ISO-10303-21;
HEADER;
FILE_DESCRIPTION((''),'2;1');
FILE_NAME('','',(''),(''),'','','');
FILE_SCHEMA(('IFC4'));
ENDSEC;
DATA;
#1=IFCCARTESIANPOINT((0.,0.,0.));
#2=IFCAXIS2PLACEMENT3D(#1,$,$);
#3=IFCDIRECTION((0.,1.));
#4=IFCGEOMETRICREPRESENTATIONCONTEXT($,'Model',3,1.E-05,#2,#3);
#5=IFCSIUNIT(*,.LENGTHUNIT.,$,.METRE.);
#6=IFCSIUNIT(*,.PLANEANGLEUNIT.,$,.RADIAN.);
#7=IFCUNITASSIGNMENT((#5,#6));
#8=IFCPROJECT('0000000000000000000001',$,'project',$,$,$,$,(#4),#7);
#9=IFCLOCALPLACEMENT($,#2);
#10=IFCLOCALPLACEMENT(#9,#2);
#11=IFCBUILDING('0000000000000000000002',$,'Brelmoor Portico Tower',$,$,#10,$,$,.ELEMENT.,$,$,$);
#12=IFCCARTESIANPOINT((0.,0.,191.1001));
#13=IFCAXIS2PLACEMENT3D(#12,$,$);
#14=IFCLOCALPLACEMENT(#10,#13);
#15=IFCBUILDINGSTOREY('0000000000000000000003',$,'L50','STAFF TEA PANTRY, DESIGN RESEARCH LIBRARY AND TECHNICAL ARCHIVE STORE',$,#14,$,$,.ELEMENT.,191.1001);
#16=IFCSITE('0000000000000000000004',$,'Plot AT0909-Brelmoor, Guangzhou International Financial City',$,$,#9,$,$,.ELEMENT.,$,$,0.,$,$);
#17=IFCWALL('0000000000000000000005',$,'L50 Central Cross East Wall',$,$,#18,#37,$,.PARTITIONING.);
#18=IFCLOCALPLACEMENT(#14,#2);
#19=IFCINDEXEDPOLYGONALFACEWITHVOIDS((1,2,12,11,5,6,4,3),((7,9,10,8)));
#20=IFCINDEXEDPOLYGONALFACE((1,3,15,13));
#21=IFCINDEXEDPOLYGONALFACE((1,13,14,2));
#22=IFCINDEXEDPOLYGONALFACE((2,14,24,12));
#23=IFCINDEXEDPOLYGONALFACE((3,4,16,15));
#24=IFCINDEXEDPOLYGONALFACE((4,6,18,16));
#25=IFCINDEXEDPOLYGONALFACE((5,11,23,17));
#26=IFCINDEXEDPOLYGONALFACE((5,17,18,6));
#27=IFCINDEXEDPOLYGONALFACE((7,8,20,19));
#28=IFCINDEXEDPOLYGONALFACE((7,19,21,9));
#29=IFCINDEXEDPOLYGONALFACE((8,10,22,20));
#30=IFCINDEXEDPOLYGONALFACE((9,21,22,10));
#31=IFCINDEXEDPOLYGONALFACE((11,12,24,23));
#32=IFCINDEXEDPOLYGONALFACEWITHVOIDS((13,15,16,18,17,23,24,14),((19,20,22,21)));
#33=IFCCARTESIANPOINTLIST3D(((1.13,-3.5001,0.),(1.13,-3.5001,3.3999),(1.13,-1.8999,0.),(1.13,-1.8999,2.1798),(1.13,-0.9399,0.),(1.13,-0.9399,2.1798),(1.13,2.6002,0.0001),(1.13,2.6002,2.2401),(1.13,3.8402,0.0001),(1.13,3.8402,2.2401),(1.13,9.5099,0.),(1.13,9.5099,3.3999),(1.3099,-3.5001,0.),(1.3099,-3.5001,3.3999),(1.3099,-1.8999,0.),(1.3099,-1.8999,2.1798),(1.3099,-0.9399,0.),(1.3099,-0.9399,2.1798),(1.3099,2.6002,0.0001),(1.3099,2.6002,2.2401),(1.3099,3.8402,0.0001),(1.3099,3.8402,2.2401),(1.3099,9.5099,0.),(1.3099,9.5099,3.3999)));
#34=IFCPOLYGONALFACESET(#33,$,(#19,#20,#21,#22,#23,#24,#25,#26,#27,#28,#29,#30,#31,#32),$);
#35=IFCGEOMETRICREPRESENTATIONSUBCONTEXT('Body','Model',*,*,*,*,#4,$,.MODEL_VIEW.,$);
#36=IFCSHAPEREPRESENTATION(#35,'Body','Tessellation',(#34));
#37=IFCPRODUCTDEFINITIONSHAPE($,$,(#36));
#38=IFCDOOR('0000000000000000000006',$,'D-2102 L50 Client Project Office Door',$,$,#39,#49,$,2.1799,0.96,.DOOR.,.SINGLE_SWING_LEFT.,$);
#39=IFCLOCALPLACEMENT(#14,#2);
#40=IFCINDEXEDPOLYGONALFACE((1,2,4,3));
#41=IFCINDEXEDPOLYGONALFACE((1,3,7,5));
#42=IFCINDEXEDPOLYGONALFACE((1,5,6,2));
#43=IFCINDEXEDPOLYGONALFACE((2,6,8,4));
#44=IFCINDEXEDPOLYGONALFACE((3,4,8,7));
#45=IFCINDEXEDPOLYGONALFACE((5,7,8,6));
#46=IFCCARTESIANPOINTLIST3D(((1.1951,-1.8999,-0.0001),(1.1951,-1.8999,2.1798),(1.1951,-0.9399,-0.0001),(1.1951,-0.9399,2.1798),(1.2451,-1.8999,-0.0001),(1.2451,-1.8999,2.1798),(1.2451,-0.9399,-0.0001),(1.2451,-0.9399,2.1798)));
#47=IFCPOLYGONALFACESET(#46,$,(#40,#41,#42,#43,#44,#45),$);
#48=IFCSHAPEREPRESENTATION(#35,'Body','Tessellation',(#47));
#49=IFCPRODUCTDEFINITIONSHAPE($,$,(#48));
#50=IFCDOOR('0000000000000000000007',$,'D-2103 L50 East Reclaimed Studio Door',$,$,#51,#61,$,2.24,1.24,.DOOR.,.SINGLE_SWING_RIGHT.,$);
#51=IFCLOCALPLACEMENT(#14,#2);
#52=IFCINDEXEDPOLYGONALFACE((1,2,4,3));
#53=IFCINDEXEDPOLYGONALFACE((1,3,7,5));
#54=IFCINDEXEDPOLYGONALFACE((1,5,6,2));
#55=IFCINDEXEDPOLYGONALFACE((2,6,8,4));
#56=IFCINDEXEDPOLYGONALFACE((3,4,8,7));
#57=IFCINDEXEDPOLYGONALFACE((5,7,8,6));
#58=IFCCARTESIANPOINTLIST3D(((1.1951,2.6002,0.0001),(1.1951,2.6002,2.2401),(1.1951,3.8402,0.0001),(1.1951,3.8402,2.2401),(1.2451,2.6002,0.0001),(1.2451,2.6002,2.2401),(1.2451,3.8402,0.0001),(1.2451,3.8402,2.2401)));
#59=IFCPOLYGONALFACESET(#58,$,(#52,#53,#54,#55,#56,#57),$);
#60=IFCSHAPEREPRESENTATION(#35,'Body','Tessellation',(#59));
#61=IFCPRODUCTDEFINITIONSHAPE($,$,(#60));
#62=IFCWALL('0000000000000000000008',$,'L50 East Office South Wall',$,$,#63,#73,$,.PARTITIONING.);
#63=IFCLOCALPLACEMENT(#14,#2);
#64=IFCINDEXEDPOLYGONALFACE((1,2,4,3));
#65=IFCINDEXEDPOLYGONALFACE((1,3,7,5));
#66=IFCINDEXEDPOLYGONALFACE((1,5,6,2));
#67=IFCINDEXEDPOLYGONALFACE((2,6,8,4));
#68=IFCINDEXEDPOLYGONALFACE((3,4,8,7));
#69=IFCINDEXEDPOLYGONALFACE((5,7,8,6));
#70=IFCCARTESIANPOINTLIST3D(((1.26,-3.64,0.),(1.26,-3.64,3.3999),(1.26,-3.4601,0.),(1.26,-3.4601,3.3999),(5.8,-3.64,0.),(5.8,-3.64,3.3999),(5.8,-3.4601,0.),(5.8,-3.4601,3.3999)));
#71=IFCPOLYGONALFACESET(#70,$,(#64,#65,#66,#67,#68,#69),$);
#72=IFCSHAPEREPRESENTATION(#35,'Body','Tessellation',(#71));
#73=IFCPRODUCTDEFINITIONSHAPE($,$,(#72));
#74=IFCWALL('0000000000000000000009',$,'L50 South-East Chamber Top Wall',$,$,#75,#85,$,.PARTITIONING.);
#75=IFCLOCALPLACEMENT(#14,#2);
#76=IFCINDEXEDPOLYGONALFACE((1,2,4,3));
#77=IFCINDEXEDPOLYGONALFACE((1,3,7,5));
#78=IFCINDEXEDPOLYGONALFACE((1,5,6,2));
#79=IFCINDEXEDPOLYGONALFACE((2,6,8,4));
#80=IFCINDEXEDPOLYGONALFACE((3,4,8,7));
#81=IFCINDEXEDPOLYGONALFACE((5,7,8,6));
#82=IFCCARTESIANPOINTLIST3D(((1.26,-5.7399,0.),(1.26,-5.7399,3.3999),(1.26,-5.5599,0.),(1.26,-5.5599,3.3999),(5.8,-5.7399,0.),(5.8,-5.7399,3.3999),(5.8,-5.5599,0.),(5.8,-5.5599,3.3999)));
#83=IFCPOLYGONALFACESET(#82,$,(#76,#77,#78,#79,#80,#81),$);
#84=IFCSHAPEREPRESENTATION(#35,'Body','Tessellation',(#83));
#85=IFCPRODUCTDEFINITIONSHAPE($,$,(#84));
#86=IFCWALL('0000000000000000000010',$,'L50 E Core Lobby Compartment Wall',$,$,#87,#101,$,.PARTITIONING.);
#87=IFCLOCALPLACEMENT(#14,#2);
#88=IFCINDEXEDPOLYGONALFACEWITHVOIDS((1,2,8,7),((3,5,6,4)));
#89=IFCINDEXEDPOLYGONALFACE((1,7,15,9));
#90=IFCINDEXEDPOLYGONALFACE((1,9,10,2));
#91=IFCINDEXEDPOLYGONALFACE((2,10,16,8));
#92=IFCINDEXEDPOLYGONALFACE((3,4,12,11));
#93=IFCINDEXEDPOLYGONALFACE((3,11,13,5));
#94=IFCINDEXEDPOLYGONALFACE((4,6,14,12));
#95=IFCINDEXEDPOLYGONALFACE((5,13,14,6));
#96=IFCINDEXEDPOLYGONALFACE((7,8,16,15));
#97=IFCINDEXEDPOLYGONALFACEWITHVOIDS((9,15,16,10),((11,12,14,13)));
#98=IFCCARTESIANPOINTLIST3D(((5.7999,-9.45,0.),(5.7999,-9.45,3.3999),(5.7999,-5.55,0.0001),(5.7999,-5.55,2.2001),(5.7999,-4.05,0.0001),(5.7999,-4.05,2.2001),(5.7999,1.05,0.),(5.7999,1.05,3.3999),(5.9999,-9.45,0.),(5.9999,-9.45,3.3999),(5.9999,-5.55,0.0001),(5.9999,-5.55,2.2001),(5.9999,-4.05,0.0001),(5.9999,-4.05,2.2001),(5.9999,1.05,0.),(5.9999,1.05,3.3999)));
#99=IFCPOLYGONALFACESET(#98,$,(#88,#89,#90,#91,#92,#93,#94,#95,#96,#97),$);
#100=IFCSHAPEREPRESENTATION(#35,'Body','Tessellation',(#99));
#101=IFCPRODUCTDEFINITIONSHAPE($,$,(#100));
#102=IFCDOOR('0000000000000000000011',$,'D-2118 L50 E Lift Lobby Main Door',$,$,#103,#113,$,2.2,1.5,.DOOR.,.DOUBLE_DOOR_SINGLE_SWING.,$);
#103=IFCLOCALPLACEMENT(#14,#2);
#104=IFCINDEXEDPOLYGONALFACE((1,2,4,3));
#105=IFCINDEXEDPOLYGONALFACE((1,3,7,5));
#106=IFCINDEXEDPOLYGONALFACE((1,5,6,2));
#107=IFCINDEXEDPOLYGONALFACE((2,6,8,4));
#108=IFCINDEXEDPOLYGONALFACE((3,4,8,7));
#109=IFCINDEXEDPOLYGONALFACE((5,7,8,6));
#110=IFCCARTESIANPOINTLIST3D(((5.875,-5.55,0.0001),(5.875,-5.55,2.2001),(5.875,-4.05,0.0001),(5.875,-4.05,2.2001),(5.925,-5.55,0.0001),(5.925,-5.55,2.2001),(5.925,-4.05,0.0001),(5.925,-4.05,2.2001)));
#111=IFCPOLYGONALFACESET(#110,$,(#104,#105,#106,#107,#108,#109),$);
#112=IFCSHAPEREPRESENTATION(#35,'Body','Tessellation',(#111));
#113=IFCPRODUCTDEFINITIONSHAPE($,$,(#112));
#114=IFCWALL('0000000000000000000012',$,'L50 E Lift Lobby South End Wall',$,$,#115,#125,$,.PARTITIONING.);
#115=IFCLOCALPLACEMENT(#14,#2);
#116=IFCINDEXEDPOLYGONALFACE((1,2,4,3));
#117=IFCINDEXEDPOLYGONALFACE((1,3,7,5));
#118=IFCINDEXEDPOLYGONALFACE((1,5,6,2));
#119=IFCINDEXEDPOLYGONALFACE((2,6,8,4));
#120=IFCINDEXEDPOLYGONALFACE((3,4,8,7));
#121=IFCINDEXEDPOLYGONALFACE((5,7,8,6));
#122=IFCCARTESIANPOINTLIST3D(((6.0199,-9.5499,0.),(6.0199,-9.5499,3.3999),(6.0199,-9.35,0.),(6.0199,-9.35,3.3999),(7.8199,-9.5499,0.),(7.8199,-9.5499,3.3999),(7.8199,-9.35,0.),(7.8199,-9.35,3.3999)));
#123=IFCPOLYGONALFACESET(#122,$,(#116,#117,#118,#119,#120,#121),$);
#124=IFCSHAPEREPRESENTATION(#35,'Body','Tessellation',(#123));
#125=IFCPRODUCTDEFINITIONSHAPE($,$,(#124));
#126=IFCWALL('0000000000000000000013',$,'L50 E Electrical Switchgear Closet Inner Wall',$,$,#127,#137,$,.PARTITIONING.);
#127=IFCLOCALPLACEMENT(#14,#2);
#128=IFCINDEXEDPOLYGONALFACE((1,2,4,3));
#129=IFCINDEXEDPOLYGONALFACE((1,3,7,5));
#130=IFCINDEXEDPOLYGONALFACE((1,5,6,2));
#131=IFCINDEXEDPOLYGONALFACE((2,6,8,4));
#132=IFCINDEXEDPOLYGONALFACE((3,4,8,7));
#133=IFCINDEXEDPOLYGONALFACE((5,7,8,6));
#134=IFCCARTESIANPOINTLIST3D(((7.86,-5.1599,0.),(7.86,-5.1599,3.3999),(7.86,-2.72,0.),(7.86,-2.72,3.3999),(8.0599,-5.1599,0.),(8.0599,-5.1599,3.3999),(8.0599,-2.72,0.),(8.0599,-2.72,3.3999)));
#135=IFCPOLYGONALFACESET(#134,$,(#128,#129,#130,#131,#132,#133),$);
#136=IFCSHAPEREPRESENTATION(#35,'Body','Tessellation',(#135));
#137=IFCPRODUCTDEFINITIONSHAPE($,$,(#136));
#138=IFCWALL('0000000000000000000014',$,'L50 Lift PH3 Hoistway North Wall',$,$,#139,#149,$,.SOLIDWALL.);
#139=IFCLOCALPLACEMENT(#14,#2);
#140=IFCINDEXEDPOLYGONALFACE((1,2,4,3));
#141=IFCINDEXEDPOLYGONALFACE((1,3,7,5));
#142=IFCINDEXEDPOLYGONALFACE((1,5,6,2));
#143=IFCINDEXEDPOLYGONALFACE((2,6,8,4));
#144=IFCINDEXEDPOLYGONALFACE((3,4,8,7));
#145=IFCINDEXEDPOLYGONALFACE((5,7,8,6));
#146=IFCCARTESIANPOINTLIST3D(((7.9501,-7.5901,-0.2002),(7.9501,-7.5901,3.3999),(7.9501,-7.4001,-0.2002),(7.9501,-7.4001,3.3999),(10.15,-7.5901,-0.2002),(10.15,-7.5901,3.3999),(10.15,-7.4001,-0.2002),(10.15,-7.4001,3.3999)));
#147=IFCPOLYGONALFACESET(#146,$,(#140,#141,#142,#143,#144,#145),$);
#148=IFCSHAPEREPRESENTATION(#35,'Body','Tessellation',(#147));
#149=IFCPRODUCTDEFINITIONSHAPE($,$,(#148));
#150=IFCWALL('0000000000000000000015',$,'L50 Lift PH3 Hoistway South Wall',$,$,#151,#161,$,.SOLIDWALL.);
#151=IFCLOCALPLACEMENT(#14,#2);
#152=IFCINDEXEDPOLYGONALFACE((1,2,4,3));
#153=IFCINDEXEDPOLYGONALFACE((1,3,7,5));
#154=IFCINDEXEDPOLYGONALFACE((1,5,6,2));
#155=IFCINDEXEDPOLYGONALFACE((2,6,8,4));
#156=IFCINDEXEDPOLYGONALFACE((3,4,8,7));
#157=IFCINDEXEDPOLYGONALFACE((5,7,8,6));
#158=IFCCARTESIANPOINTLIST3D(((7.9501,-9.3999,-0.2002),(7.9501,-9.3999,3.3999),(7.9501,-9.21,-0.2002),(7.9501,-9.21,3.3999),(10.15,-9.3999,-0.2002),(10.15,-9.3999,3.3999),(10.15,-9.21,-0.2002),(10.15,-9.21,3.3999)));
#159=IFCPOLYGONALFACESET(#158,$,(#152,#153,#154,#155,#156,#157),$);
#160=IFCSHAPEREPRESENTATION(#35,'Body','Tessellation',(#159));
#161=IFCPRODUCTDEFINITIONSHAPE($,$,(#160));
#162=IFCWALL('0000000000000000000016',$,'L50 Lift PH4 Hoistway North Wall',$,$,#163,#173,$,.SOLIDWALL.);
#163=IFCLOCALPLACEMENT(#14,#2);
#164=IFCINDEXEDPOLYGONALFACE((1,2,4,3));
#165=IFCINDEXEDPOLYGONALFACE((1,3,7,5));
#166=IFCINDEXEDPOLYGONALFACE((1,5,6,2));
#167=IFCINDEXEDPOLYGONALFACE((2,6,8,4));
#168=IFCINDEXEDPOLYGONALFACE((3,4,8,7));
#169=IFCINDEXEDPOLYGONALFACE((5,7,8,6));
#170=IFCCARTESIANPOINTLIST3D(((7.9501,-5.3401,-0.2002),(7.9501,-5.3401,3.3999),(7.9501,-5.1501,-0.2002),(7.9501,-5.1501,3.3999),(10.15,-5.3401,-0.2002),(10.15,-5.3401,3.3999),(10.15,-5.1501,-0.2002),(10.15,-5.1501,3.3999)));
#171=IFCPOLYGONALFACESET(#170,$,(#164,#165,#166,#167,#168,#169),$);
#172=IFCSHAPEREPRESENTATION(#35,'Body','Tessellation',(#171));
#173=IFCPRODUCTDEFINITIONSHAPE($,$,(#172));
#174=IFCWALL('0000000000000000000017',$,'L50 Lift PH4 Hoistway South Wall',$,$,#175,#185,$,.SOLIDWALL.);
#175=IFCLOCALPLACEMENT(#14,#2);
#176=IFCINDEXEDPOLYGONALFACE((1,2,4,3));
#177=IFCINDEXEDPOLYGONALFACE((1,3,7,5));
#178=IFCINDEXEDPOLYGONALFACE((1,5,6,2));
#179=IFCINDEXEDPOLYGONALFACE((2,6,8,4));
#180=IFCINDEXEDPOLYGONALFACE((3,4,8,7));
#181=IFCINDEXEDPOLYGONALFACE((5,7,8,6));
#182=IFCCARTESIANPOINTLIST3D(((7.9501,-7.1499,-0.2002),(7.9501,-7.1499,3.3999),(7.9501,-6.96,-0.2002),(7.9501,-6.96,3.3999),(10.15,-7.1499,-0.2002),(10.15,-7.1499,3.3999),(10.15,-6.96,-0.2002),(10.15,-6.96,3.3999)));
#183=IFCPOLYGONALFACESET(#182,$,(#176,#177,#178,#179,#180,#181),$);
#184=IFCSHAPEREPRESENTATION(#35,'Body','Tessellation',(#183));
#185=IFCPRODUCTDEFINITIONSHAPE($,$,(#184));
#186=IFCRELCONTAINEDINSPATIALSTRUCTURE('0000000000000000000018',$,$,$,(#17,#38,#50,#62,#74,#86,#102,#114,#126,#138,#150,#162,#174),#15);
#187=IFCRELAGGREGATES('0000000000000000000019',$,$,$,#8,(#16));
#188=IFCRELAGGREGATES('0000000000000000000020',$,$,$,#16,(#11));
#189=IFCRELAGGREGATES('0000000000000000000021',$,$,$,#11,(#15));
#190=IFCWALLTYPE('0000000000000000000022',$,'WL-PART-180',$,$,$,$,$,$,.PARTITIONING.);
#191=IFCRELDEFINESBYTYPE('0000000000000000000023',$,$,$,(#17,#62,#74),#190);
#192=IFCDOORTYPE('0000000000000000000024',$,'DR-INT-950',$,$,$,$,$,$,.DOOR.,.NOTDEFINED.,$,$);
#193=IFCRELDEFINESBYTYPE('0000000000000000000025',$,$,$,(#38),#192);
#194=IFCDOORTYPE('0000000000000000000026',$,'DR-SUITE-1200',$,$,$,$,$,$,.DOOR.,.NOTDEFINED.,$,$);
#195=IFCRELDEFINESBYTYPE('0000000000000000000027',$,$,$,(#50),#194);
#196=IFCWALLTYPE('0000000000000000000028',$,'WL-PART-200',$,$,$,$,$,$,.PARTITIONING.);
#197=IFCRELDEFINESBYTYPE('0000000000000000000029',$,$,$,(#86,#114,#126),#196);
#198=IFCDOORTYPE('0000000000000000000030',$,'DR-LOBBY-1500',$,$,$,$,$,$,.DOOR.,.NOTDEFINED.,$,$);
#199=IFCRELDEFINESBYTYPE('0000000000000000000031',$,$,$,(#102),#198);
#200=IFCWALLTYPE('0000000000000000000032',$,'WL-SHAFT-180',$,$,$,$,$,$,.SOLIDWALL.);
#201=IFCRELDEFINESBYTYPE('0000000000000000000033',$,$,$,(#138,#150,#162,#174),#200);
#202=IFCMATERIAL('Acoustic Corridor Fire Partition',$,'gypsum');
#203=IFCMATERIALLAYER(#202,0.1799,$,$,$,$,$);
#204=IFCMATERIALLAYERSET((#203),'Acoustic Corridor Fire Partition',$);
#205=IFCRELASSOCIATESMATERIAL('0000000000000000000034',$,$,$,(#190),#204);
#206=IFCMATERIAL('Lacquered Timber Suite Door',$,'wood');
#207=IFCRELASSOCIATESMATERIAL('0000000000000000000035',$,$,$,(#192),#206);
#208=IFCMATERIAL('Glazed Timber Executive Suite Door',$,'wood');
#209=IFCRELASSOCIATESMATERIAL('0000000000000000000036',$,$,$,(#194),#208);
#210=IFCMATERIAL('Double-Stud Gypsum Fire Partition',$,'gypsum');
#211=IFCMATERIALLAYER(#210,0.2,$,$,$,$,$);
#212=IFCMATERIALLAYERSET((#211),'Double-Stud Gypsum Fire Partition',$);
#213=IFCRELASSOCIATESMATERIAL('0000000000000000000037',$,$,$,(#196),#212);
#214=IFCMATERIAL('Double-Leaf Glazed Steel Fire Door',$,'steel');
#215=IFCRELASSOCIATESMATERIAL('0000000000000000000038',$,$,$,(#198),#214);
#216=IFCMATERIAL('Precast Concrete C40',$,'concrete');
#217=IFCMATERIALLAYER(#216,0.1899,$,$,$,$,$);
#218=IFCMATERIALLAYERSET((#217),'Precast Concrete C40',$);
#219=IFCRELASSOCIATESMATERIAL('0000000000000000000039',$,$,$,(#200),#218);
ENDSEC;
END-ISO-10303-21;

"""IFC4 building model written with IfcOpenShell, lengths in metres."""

from ifc_helpers import new_model, si_unit, direction, frame, frame_2d, origin, place, context, subcontext, project, spatial, rectangle, extrude, material, layer, layer_set, type_object, element, fill, save


model = new_model("IFC4")

# Units and contexts
model_context = context("Model", 3, precision=1e-05, world=origin(), true_north=direction((0.0, 1.0)))
body_context = subcontext(model_context, "Body", "Model", "MODEL_VIEW")
ifc_project = project(units=[si_unit("LENGTHUNIT", "METRE"), si_unit("PLANEANGLEUNIT", "RADIAN")], contexts=[model_context])

# Site, building, storey
site_placement = place(None, origin())
site = spatial("IfcSite", under=ifc_project, at=site_placement, Name="Plot AT0909-Brelmoor, Guangzhou International Financial City", CompositionType="ELEMENT", RefElevation=0.0)
building_placement = place(site_placement, origin())
building = spatial("IfcBuilding", under=site, at=building_placement, Name="Brelmoor Portico Tower", CompositionType="ELEMENT")
storey_placement = place(building_placement, frame((0.0, 0.0, 191.1001)))
storey = spatial("IfcBuildingStorey", under=building, at=storey_placement, Name="L50", Description="STAFF TEA PANTRY, DESIGN RESEARCH LIBRARY AND TECHNICAL ARCHIVE STORE", CompositionType="ELEMENT", Elevation=191.1001)

# Wall, openings, doors
ifc_material_1 = material(Name="Acoustic Corridor Fire Partition", Category="gypsum")
ifc_layer_1 = layer(ifc_material_1, 0.1799)
ifc_layer_set_1 = layer_set([ifc_layer_1], Name="Acoustic Corridor Fire Partition")
wall_type_1 = type_object("IfcWallType", Name="WL-PART-180", PredefinedType="PARTITIONING", material=ifc_layer_set_1)
wall_1_placement = place(storey_placement, frame((1.22, -3.5, 0.0), z_axis=(0.0, 0.0, 1.0), x_axis=(0.0, 1.0, 0.0)))
wall_1 = element("IfcWall", 1, at=wall_1_placement, inside=storey, type_object=wall_type_1, Name="L50 Central Cross East Wall", PredefinedType="PARTITIONING", context=body_context, shape_type="SweptSolid", body=[
    extrude(rectangle(XDim=13.01, YDim=0.1799, at=frame_2d((6.5049, 0.0))), origin(), (0.0, 0.0, 1.0), 3.3999),
])
opening_1_placement = place(wall_1_placement, frame((6.1001, 0.0, 0.0)))
opening_1 = element("IfcOpeningElement", 2, at=opening_1_placement, cuts=wall_1, PredefinedType="OPENING", context=body_context, shape_type="SweptSolid", body=[
    extrude(rectangle(XDim=1.24, YDim=2.24, at=frame_2d((0.6201, 1.1201))), frame((0.0, 0.0999, 0.0), z_axis=(0.0, -1.0, 0.0), x_axis=(1.0, 0.0, 0.0)), (0.0, 0.0, 1.0), 0.2),
])
opening_2_placement = place(wall_1_placement, frame((1.6001, 0.0, 0.0)))
opening_2 = element("IfcOpeningElement", 3, at=opening_2_placement, cuts=wall_1, PredefinedType="OPENING", context=body_context, shape_type="SweptSolid", body=[
    extrude(rectangle(XDim=0.96, YDim=2.1799, at=frame_2d((0.48, 1.0898))), frame((0.0, 0.0999, 0.0), z_axis=(0.0, -1.0, 0.0), x_axis=(1.0, 0.0, 0.0)), (0.0, 0.0, 1.0), 0.2),
])
ifc_material_2 = material(Name="Lacquered Timber Suite Door", Category="wood")
door_type_1 = type_object("IfcDoorType", Name="DR-INT-950", OperationType="NOTDEFINED", PredefinedType="DOOR", material=ifc_material_2)
door_1_placement = place(opening_2_placement, origin())
door_1 = element("IfcDoor", 4, at=door_1_placement, inside=storey, type_object=door_type_1, Name="D-2102 L50 Client Project Office Door", OperationType="SINGLE_SWING_LEFT", OverallHeight=2.1799, OverallWidth=0.96, PredefinedType="DOOR", context=body_context, shape_type="SweptSolid", body=[
    extrude(rectangle(XDim=0.96, YDim=2.1799, at=frame_2d((0.48, 1.0898))), frame((0.0, 0.0249, 0.0), z_axis=(0.0, -1.0, 0.0), x_axis=(1.0, 0.0, 0.0)), (0.0, 0.0, 1.0), 0.05),
])
fill(opening_2, door_1)
ifc_material_3 = material(Name="Glazed Timber Executive Suite Door", Category="wood")
door_type_2 = type_object("IfcDoorType", Name="DR-SUITE-1200", OperationType="NOTDEFINED", PredefinedType="DOOR", material=ifc_material_3)
door_2_placement = place(opening_1_placement, origin())
door_2 = element("IfcDoor", 5, at=door_2_placement, inside=storey, type_object=door_type_2, Name="D-2103 L50 East Reclaimed Studio Door", OperationType="SINGLE_SWING_RIGHT", OverallHeight=2.24, OverallWidth=1.24, PredefinedType="DOOR", context=body_context, shape_type="SweptSolid", body=[
    extrude(rectangle(XDim=1.24, YDim=2.24, at=frame_2d((0.6201, 1.1201))), frame((0.0, 0.0249, 0.0), z_axis=(0.0, -1.0, 0.0), x_axis=(1.0, 0.0, 0.0)), (0.0, 0.0, 1.0), 0.05),
])
fill(opening_1, door_2)

# Walls
for number, where, z_axis, x_axis, name in (
    (6, (1.26, -3.55, 0.0), (0.0, 0.0, 1.0), (1.0, 0.0, 0.0), "L50 East Office South Wall"),
    (7, (1.26, -5.6499, 0.0), (0.0, 0.0, 1.0), (1.0, 0.0, 0.0), "L50 South-East Chamber Top Wall"),
):
    element("IfcWall", number, at=place(storey_placement, frame(where, z_axis=z_axis, x_axis=x_axis)), inside=storey, type_object=wall_type_1, Name=name, PredefinedType="PARTITIONING", context=body_context, shape_type="SweptSolid", body=[
        extrude(rectangle(XDim=4.54, YDim=0.1799, at=frame_2d((2.27, 0.0))), origin(), (0.0, 0.0, 1.0), 3.3999),
    ])

# Wall, opening, door
ifc_material_4 = material(Name="Double-Stud Gypsum Fire Partition", Category="gypsum")
ifc_layer_2 = layer(ifc_material_4, 0.2)
ifc_layer_set_2 = layer_set([ifc_layer_2], Name="Double-Stud Gypsum Fire Partition")
wall_type_2 = type_object("IfcWallType", Name="WL-PART-200", PredefinedType="PARTITIONING", material=ifc_layer_set_2)
wall_2_placement = place(storey_placement, frame((5.8999, -9.45, 0.0), z_axis=(0.0, 0.0, 1.0), x_axis=(0.0, 1.0, 0.0)))
wall_2 = element("IfcWall", 8, at=wall_2_placement, inside=storey, type_object=wall_type_2, Name="L50 E Core Lobby Compartment Wall", PredefinedType="PARTITIONING", context=body_context, shape_type="SweptSolid", body=[
    extrude(rectangle(XDim=10.5, YDim=0.2, at=frame_2d((5.25, 0.0))), origin(), (0.0, 0.0, 1.0), 3.3999),
])
opening_3_placement = place(wall_2_placement, frame((3.8999, 0.0, 0.0)))
opening_3 = element("IfcOpeningElement", 9, at=opening_3_placement, cuts=wall_2, PredefinedType="OPENING", context=body_context, shape_type="SweptSolid", body=[
    extrude(rectangle(XDim=1.5, YDim=2.2, at=frame_2d((0.75, 1.1001))), frame((0.0, 0.1099, 0.0), z_axis=(0.0, -1.0, 0.0), x_axis=(1.0, 0.0, 0.0)), (0.0, 0.0, 1.0), 0.22),
])
ifc_material_5 = material(Name="Double-Leaf Glazed Steel Fire Door", Category="steel")
door_type_3 = type_object("IfcDoorType", Name="DR-LOBBY-1500", OperationType="NOTDEFINED", PredefinedType="DOOR", material=ifc_material_5)
door_3_placement = place(opening_3_placement, origin())
door_3 = element("IfcDoor", 10, at=door_3_placement, inside=storey, type_object=door_type_3, Name="D-2118 L50 E Lift Lobby Main Door", OperationType="DOUBLE_DOOR_SINGLE_SWING", OverallHeight=2.2, OverallWidth=1.5, PredefinedType="DOOR", context=body_context, shape_type="SweptSolid", body=[
    extrude(rectangle(XDim=1.5, YDim=2.2, at=frame_2d((0.75, 1.1001))), frame((0.0, 0.0249, 0.0), z_axis=(0.0, -1.0, 0.0), x_axis=(1.0, 0.0, 0.0)), (0.0, 0.0, 1.0), 0.05),
])
fill(opening_3, door_3)

# Walls
wall_3_placement = place(storey_placement, frame((6.02, -9.45, 0.0), z_axis=(0.0, 0.0, 1.0), x_axis=(1.0, 0.0, 0.0)))
element("IfcWall", 11, at=wall_3_placement, inside=storey, type_object=wall_type_2, Name="L50 E Lift Lobby South End Wall", PredefinedType="PARTITIONING", context=body_context, shape_type="SweptSolid", body=[
    extrude(rectangle(XDim=1.8, YDim=0.2, at=frame_2d((0.8999, 0.0))), origin(), (0.0, 0.0, 1.0), 3.3999),
])
wall_4_placement = place(storey_placement, frame((7.96, -5.1599, 0.0), z_axis=(0.0, 0.0, 1.0), x_axis=(0.0, 1.0, 0.0)))
element("IfcWall", 12, at=wall_4_placement, inside=storey, type_object=wall_type_2, Name="L50 E Electrical Switchgear Closet Inner Wall", PredefinedType="PARTITIONING", context=body_context, shape_type="SweptSolid", body=[
    extrude(rectangle(XDim=2.4399, YDim=0.2, at=frame_2d((1.22, 0.0))), origin(), (0.0, 0.0, 1.0), 3.3999),
])
ifc_material_6 = material(Name="Precast Concrete C40", Category="concrete")
ifc_layer_3 = layer(ifc_material_6, 0.1899)
ifc_layer_set_3 = layer_set([ifc_layer_3], Name="Precast Concrete C40")
wall_type_3 = type_object("IfcWallType", Name="WL-SHAFT-180", PredefinedType="SOLIDWALL", material=ifc_layer_set_3)
for number, where, z_axis, x_axis, name in (
    (13, (7.95, -7.4951, -0.2002), (0.0, 0.0, 1.0), (1.0, 0.0, 0.0), "L50 Lift PH3 Hoistway North Wall"),
    (14, (7.95, -9.3049, -0.2002), (0.0, 0.0, 1.0), (1.0, 0.0, 0.0), "L50 Lift PH3 Hoistway South Wall"),
    (15, (7.95, -5.2451, -0.2002), (0.0, 0.0, 1.0), (1.0, 0.0, 0.0), "L50 Lift PH4 Hoistway North Wall"),
    (16, (7.95, -7.0549, -0.2002), (0.0, 0.0, 1.0), (1.0, 0.0, 0.0), "L50 Lift PH4 Hoistway South Wall"),
):
    element("IfcWall", number, at=place(storey_placement, frame(where, z_axis=z_axis, x_axis=x_axis)), inside=storey, type_object=wall_type_3, Name=name, PredefinedType="SOLIDWALL", context=body_context, shape_type="SweptSolid", body=[
        extrude(rectangle(XDim=2.2, YDim=0.1899, at=frame_2d((1.1001, 0.0))), origin(), (0.0, 0.0, 1.0), 3.6001),
    ])

save(model, "model.ifc")
